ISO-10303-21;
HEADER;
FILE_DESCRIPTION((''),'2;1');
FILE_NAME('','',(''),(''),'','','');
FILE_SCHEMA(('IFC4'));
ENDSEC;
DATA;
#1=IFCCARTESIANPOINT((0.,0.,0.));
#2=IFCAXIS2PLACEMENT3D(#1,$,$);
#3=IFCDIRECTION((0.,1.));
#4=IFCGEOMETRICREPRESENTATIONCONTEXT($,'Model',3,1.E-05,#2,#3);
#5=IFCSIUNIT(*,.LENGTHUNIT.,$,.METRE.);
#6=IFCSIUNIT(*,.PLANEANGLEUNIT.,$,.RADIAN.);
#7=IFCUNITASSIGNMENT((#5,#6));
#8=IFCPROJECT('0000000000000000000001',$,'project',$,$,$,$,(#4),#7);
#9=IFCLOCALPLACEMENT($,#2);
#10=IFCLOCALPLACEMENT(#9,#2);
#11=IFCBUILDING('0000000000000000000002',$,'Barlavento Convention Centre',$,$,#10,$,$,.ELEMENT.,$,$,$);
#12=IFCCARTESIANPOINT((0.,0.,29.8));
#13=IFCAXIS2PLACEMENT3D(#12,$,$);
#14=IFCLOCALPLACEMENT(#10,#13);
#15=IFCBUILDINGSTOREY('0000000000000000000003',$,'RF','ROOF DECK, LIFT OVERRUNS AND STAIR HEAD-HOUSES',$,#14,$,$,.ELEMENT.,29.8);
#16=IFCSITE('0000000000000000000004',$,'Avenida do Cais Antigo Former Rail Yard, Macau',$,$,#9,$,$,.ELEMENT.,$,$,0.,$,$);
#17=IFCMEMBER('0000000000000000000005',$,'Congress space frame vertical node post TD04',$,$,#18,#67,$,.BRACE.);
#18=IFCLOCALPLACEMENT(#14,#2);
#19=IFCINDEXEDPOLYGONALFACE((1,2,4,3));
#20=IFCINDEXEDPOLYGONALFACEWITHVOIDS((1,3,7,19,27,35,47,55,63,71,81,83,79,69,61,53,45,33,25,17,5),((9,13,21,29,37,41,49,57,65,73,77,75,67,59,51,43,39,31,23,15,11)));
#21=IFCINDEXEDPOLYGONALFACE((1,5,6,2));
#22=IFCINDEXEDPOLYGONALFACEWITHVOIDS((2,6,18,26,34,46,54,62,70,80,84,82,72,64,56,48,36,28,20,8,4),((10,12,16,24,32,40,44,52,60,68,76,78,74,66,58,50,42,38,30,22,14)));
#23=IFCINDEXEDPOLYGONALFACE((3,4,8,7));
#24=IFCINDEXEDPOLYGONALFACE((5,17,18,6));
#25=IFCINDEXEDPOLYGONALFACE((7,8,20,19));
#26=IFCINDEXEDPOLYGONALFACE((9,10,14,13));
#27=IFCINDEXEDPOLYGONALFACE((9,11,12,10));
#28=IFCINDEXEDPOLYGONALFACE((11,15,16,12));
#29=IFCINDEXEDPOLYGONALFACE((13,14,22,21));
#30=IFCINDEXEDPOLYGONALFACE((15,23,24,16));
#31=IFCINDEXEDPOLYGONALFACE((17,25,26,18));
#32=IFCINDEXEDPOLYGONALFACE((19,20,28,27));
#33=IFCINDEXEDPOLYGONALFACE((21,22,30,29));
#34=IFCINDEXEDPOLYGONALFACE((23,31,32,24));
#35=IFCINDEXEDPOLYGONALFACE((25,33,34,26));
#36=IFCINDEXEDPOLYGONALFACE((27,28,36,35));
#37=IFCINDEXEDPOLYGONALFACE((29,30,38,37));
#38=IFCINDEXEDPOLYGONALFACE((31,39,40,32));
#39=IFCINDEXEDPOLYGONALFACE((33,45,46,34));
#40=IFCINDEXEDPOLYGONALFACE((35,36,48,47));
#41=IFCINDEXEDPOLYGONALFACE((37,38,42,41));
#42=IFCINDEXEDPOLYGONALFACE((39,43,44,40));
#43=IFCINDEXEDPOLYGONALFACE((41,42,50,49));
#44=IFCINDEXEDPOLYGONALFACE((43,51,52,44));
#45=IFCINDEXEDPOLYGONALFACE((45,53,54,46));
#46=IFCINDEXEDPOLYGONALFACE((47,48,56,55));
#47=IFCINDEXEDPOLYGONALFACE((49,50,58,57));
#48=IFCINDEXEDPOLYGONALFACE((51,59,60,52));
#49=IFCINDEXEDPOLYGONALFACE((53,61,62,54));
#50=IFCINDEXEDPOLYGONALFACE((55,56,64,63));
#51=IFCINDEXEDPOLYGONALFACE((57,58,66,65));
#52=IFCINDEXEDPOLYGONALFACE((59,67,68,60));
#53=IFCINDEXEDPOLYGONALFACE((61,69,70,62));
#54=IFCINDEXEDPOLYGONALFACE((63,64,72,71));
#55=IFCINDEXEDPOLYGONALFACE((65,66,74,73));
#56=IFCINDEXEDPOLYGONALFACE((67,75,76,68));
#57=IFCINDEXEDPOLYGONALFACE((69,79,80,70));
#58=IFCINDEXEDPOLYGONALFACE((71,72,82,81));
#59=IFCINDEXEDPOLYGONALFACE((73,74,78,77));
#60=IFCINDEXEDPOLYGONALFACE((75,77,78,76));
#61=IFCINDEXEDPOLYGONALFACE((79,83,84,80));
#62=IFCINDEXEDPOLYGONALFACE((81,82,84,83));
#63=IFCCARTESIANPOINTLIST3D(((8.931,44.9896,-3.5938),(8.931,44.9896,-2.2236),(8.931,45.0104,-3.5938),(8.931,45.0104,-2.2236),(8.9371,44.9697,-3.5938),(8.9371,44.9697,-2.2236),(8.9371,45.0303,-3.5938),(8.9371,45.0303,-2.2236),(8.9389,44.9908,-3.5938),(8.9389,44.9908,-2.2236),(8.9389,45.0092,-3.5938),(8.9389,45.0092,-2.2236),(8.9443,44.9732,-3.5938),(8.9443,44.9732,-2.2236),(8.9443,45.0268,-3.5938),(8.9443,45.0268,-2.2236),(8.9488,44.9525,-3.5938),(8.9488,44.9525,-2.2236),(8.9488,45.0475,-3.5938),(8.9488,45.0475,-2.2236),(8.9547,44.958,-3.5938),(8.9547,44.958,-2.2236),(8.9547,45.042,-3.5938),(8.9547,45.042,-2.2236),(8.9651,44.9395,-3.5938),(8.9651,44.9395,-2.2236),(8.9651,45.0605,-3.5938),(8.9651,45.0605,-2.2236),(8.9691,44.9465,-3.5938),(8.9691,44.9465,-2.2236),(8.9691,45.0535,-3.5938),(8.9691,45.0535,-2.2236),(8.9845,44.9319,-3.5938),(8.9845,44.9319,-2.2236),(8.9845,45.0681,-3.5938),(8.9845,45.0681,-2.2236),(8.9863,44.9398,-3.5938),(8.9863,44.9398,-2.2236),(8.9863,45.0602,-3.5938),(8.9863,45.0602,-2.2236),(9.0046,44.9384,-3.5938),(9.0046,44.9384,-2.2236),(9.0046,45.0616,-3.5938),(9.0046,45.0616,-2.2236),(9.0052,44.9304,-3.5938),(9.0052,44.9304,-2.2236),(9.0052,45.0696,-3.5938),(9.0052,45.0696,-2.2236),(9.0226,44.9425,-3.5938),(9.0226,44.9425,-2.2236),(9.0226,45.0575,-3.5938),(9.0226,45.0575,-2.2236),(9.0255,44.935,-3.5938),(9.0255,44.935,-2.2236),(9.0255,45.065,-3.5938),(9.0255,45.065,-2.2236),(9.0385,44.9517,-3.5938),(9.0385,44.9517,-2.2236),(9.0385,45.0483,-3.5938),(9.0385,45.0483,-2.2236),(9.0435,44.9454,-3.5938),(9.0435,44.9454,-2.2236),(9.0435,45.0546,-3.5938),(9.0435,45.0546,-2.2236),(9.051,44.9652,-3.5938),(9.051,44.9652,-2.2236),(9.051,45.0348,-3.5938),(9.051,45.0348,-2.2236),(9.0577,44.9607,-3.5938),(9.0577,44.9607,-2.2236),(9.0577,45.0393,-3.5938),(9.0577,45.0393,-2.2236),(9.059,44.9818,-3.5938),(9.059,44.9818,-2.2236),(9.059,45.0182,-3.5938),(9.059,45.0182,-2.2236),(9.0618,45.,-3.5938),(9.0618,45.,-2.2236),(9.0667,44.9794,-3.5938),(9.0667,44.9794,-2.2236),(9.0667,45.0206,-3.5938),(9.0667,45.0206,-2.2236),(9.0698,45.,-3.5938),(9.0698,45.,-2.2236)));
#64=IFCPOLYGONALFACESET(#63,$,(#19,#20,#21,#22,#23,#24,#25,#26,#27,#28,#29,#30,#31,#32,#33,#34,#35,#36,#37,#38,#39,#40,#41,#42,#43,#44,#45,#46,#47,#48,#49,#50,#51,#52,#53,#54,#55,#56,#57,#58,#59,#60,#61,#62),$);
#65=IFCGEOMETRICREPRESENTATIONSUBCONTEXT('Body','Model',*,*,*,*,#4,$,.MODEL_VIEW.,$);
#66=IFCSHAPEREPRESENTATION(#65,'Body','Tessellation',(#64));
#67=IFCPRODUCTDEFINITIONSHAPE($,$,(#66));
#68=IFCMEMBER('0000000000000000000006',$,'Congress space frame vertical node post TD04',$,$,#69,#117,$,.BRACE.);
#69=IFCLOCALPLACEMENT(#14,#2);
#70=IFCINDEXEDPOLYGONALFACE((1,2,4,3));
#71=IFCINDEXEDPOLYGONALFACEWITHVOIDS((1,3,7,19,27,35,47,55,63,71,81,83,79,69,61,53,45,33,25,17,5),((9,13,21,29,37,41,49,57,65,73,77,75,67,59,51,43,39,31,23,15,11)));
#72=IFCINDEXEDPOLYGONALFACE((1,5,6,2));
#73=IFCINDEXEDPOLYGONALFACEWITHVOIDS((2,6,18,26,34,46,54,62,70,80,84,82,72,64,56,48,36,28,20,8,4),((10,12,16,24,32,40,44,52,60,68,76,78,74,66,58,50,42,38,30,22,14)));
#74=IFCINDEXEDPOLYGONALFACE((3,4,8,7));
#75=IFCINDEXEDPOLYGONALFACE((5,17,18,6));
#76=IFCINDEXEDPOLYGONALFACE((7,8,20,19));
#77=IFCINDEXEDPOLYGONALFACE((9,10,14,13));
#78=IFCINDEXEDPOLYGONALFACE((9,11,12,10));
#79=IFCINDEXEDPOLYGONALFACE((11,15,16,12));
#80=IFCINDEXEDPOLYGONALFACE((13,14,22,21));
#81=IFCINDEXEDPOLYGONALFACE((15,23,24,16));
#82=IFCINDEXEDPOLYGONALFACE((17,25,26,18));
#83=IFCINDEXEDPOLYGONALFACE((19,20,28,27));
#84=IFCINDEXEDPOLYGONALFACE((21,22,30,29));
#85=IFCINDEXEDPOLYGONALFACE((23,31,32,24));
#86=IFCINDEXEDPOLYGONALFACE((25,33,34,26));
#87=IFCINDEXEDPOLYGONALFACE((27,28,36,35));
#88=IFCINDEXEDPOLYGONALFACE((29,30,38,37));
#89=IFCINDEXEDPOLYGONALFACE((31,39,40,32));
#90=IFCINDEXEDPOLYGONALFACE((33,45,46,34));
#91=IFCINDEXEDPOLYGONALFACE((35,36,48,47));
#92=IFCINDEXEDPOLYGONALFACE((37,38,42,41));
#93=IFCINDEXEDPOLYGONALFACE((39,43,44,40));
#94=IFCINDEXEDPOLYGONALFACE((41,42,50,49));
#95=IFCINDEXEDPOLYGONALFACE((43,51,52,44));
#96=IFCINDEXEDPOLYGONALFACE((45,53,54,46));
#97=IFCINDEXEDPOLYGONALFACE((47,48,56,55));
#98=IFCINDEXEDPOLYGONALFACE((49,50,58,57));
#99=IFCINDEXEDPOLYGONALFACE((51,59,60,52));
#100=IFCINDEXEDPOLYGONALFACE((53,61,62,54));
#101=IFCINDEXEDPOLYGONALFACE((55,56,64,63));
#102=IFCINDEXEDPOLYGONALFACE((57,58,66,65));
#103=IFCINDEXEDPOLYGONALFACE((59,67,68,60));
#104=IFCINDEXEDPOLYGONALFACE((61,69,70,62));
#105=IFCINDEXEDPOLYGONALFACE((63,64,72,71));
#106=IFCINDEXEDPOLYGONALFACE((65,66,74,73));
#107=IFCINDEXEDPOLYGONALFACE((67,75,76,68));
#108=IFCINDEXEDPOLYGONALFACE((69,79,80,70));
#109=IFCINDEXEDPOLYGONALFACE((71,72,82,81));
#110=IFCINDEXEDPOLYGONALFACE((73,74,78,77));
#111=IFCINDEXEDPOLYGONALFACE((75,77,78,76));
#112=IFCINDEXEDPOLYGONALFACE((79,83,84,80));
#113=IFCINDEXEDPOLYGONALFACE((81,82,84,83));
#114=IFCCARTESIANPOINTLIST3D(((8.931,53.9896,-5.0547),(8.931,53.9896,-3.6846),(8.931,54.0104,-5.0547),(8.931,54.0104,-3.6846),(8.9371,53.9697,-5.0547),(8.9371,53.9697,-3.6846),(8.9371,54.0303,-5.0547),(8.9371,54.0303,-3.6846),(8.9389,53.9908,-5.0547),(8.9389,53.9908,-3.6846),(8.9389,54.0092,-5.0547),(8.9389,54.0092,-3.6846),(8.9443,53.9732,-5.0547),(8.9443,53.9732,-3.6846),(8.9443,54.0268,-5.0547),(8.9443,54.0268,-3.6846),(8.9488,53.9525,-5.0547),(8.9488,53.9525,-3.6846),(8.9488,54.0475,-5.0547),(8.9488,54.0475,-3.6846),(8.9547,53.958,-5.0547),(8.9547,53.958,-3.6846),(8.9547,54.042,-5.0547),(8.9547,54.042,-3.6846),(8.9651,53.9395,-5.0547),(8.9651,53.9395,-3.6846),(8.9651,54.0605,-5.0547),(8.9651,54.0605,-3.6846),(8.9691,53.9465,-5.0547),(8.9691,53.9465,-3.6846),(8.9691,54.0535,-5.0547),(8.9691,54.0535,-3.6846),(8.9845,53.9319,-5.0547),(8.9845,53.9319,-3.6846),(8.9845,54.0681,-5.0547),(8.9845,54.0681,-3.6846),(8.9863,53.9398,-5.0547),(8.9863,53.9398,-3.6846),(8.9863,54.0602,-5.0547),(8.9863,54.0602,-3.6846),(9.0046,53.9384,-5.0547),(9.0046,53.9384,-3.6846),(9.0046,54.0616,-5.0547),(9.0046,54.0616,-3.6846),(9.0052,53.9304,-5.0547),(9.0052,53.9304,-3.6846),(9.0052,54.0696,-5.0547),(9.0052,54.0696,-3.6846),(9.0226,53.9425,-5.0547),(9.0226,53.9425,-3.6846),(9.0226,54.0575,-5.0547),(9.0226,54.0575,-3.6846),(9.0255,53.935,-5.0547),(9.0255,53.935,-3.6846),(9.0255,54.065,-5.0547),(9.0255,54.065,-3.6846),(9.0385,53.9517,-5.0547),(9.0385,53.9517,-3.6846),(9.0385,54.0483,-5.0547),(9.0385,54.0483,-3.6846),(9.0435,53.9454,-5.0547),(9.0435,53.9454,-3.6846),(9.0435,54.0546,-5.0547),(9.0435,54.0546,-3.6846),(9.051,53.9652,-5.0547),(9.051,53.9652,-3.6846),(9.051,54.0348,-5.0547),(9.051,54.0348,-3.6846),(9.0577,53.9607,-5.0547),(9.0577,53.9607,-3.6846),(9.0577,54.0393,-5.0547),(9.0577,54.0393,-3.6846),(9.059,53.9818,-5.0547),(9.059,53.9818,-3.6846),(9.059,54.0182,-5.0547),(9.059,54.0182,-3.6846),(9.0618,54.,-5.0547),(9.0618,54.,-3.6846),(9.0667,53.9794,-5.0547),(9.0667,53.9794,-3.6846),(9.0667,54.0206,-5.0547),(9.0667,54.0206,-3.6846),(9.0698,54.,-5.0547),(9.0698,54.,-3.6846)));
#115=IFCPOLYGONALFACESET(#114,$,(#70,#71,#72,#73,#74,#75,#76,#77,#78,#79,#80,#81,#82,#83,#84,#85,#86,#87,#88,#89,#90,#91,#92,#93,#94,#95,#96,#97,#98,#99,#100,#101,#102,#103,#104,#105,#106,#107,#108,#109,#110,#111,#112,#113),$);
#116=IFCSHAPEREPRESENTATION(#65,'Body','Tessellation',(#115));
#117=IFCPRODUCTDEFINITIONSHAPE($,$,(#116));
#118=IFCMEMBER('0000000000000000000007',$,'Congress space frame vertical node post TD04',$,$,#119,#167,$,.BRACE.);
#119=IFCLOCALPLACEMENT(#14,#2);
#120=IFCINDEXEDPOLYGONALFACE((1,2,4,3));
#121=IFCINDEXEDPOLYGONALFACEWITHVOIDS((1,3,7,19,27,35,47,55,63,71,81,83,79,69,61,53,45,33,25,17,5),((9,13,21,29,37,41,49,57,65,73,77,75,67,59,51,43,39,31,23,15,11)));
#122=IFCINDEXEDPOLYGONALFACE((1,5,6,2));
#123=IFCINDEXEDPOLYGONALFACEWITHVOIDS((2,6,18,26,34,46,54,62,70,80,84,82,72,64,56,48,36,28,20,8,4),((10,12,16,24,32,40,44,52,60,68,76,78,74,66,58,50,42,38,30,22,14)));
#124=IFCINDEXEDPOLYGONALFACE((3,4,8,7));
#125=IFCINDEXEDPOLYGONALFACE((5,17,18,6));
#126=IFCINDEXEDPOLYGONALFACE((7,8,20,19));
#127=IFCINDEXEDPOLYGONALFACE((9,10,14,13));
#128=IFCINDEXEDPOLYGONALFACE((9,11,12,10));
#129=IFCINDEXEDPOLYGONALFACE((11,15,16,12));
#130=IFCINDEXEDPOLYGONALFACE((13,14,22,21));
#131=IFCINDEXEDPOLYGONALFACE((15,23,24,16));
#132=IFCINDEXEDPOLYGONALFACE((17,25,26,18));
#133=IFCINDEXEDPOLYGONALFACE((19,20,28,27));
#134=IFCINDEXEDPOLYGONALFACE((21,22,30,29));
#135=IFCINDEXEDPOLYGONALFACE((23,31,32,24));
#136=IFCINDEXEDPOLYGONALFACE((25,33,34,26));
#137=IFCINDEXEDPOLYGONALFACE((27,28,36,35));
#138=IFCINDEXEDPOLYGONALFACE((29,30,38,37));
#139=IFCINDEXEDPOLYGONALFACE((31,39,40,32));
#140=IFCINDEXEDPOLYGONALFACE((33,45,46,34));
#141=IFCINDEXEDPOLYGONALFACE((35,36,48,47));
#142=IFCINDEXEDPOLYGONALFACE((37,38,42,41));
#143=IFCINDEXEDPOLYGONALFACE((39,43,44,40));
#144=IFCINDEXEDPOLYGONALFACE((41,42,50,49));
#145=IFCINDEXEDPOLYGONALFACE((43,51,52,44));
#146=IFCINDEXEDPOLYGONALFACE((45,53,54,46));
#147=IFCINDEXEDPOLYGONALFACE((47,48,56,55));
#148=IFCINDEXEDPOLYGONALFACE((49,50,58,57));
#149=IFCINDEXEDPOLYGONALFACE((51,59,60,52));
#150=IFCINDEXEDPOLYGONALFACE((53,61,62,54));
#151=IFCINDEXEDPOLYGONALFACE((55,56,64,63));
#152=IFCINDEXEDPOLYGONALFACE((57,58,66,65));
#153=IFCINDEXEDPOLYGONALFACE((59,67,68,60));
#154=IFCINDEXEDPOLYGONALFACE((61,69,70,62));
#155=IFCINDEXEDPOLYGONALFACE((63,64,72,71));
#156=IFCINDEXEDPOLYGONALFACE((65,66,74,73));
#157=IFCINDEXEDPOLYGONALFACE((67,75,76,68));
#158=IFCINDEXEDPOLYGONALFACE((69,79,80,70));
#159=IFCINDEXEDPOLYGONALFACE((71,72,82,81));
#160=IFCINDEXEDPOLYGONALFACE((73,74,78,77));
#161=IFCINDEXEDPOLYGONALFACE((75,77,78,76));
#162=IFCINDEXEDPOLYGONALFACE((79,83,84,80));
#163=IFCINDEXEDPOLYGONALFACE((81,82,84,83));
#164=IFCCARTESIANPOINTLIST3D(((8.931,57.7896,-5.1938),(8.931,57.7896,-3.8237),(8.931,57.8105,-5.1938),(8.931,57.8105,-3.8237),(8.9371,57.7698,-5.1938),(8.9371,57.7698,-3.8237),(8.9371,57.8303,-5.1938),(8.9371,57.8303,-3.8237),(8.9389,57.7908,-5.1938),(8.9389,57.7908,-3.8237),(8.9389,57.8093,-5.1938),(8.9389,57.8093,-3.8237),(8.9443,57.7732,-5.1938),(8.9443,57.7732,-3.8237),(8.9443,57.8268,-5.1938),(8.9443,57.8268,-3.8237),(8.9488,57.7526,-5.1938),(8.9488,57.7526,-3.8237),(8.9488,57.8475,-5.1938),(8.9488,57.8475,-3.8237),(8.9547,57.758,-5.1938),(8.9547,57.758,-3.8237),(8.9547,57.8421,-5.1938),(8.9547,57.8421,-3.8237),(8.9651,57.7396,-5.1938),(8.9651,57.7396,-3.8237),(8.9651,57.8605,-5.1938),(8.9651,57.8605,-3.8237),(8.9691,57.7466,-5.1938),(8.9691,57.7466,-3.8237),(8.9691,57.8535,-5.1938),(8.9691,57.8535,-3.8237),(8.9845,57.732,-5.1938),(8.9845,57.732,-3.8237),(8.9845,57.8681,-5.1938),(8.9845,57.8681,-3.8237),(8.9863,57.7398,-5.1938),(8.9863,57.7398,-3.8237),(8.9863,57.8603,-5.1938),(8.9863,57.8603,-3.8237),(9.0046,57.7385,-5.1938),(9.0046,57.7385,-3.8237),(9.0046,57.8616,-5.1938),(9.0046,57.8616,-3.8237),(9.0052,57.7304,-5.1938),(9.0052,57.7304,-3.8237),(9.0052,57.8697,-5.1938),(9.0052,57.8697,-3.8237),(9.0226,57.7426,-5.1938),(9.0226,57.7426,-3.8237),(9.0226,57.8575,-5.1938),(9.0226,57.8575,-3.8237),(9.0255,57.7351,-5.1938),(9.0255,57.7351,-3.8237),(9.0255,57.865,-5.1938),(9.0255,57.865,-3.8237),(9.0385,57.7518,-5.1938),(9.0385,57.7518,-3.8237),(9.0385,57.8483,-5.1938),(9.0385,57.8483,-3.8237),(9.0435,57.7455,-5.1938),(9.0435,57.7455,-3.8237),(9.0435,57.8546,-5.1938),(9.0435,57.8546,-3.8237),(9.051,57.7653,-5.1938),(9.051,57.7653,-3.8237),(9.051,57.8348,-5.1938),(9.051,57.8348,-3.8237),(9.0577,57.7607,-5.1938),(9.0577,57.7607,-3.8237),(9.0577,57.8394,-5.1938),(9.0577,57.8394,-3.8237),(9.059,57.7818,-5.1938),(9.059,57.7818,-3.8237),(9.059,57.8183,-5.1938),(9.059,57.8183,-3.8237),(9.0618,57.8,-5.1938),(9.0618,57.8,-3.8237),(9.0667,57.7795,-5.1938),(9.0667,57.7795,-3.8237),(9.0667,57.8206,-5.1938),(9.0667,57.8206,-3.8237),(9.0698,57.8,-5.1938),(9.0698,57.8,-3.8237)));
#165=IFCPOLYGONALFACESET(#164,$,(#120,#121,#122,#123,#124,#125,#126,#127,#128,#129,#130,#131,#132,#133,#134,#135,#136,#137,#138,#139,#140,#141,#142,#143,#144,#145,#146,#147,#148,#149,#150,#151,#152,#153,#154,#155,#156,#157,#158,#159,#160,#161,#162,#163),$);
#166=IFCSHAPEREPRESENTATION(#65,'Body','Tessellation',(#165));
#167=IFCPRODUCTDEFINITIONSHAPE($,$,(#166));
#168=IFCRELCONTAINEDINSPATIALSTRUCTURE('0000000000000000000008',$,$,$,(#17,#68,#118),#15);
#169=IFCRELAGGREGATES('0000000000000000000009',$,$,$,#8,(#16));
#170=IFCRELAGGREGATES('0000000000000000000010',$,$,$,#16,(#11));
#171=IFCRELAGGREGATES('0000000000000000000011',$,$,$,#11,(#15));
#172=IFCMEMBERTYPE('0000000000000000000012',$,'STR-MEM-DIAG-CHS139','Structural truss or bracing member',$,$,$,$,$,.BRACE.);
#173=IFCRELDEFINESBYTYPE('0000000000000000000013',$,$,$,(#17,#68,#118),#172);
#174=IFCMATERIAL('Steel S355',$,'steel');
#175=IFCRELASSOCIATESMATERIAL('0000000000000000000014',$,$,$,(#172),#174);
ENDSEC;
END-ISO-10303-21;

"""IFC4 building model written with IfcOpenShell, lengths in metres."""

from ifc_helpers import new_model, si_unit, direction, frame, origin, origin_2d, place, context, subcontext, project, spatial, hollow_circle, extrude, material, material_profile, profile_set, type_object, element, save


model = new_model("IFC4")

# Units and contexts
model_context = context("Model", 3, precision=1e-05, world=origin(), true_north=direction((0.0, 1.0)))
body_context = subcontext(model_context, "Body", "Model", "MODEL_VIEW")
ifc_project = project(units=[si_unit("LENGTHUNIT", "METRE"), si_unit("PLANEANGLEUNIT", "RADIAN")], contexts=[model_context])

# Site, building, storey
site_placement = place(None, origin())
site = spatial("IfcSite", under=ifc_project, at=site_placement, Name="Avenida do Cais Antigo Former Rail Yard, Macau", CompositionType="ELEMENT", RefElevation=0.0)
building_placement = place(site_placement, origin())
building = spatial("IfcBuilding", under=site, at=building_placement, Name="Barlavento Convention Centre", CompositionType="ELEMENT")
storey_placement = place(building_placement, frame((0.0, 0.0, 29.8)))
storey = spatial("IfcBuildingStorey", under=building, at=storey_placement, Name="RF", Description="ROOF DECK, LIFT OVERRUNS AND STAIR HEAD-HOUSES", CompositionType="ELEMENT", Elevation=29.8)

# Shared definitions
ifc_material_1 = material(Name="Steel S355", Category="steel")

# Members
ifc_material_profile_1 = material_profile(ifc_material_1, hollow_circle(Radius=0.0698, WallThickness=0.0081, at=origin_2d()), Name="CHS 139.7x8.0")
ifc_profile_set_1 = profile_set([ifc_material_profile_1], Name="Steel S355")
member_type_1 = type_object("IfcMemberType", Name="STR-MEM-DIAG-CHS139", Description="Structural truss or bracing member", PredefinedType="BRACE", material=ifc_profile_set_1)
for number, where, z_axis, x_axis, name in (
    (1, (9.0, 45.0, -3.5938), (0.0, 0.0, 1.0), (1.0, 0.0, 0.0), "Congress space frame vertical node post TD04"),
    (2, (9.0, 54.0, -5.0547), (0.0, 0.0, 1.0), (1.0, 0.0, 0.0), "Congress space frame vertical node post TD04"),
    (3, (9.0, 57.8, -5.1938), (0.0, 0.0, 1.0), (1.0, 0.0, 0.0), "Congress space frame vertical node post TD04"),
):
    element("IfcMember", number, at=place(storey_placement, frame(where, z_axis=z_axis, x_axis=x_axis)), inside=storey, type_object=member_type_1, Name=name, PredefinedType="BRACE", context=body_context, shape_type="SweptSolid", body=[
        extrude(hollow_circle(Radius=0.0698, WallThickness=0.0081, at=origin_2d()), origin(), (0.0, 0.0, 1.0), 1.3701),
    ])

save(model, "model.ifc")
